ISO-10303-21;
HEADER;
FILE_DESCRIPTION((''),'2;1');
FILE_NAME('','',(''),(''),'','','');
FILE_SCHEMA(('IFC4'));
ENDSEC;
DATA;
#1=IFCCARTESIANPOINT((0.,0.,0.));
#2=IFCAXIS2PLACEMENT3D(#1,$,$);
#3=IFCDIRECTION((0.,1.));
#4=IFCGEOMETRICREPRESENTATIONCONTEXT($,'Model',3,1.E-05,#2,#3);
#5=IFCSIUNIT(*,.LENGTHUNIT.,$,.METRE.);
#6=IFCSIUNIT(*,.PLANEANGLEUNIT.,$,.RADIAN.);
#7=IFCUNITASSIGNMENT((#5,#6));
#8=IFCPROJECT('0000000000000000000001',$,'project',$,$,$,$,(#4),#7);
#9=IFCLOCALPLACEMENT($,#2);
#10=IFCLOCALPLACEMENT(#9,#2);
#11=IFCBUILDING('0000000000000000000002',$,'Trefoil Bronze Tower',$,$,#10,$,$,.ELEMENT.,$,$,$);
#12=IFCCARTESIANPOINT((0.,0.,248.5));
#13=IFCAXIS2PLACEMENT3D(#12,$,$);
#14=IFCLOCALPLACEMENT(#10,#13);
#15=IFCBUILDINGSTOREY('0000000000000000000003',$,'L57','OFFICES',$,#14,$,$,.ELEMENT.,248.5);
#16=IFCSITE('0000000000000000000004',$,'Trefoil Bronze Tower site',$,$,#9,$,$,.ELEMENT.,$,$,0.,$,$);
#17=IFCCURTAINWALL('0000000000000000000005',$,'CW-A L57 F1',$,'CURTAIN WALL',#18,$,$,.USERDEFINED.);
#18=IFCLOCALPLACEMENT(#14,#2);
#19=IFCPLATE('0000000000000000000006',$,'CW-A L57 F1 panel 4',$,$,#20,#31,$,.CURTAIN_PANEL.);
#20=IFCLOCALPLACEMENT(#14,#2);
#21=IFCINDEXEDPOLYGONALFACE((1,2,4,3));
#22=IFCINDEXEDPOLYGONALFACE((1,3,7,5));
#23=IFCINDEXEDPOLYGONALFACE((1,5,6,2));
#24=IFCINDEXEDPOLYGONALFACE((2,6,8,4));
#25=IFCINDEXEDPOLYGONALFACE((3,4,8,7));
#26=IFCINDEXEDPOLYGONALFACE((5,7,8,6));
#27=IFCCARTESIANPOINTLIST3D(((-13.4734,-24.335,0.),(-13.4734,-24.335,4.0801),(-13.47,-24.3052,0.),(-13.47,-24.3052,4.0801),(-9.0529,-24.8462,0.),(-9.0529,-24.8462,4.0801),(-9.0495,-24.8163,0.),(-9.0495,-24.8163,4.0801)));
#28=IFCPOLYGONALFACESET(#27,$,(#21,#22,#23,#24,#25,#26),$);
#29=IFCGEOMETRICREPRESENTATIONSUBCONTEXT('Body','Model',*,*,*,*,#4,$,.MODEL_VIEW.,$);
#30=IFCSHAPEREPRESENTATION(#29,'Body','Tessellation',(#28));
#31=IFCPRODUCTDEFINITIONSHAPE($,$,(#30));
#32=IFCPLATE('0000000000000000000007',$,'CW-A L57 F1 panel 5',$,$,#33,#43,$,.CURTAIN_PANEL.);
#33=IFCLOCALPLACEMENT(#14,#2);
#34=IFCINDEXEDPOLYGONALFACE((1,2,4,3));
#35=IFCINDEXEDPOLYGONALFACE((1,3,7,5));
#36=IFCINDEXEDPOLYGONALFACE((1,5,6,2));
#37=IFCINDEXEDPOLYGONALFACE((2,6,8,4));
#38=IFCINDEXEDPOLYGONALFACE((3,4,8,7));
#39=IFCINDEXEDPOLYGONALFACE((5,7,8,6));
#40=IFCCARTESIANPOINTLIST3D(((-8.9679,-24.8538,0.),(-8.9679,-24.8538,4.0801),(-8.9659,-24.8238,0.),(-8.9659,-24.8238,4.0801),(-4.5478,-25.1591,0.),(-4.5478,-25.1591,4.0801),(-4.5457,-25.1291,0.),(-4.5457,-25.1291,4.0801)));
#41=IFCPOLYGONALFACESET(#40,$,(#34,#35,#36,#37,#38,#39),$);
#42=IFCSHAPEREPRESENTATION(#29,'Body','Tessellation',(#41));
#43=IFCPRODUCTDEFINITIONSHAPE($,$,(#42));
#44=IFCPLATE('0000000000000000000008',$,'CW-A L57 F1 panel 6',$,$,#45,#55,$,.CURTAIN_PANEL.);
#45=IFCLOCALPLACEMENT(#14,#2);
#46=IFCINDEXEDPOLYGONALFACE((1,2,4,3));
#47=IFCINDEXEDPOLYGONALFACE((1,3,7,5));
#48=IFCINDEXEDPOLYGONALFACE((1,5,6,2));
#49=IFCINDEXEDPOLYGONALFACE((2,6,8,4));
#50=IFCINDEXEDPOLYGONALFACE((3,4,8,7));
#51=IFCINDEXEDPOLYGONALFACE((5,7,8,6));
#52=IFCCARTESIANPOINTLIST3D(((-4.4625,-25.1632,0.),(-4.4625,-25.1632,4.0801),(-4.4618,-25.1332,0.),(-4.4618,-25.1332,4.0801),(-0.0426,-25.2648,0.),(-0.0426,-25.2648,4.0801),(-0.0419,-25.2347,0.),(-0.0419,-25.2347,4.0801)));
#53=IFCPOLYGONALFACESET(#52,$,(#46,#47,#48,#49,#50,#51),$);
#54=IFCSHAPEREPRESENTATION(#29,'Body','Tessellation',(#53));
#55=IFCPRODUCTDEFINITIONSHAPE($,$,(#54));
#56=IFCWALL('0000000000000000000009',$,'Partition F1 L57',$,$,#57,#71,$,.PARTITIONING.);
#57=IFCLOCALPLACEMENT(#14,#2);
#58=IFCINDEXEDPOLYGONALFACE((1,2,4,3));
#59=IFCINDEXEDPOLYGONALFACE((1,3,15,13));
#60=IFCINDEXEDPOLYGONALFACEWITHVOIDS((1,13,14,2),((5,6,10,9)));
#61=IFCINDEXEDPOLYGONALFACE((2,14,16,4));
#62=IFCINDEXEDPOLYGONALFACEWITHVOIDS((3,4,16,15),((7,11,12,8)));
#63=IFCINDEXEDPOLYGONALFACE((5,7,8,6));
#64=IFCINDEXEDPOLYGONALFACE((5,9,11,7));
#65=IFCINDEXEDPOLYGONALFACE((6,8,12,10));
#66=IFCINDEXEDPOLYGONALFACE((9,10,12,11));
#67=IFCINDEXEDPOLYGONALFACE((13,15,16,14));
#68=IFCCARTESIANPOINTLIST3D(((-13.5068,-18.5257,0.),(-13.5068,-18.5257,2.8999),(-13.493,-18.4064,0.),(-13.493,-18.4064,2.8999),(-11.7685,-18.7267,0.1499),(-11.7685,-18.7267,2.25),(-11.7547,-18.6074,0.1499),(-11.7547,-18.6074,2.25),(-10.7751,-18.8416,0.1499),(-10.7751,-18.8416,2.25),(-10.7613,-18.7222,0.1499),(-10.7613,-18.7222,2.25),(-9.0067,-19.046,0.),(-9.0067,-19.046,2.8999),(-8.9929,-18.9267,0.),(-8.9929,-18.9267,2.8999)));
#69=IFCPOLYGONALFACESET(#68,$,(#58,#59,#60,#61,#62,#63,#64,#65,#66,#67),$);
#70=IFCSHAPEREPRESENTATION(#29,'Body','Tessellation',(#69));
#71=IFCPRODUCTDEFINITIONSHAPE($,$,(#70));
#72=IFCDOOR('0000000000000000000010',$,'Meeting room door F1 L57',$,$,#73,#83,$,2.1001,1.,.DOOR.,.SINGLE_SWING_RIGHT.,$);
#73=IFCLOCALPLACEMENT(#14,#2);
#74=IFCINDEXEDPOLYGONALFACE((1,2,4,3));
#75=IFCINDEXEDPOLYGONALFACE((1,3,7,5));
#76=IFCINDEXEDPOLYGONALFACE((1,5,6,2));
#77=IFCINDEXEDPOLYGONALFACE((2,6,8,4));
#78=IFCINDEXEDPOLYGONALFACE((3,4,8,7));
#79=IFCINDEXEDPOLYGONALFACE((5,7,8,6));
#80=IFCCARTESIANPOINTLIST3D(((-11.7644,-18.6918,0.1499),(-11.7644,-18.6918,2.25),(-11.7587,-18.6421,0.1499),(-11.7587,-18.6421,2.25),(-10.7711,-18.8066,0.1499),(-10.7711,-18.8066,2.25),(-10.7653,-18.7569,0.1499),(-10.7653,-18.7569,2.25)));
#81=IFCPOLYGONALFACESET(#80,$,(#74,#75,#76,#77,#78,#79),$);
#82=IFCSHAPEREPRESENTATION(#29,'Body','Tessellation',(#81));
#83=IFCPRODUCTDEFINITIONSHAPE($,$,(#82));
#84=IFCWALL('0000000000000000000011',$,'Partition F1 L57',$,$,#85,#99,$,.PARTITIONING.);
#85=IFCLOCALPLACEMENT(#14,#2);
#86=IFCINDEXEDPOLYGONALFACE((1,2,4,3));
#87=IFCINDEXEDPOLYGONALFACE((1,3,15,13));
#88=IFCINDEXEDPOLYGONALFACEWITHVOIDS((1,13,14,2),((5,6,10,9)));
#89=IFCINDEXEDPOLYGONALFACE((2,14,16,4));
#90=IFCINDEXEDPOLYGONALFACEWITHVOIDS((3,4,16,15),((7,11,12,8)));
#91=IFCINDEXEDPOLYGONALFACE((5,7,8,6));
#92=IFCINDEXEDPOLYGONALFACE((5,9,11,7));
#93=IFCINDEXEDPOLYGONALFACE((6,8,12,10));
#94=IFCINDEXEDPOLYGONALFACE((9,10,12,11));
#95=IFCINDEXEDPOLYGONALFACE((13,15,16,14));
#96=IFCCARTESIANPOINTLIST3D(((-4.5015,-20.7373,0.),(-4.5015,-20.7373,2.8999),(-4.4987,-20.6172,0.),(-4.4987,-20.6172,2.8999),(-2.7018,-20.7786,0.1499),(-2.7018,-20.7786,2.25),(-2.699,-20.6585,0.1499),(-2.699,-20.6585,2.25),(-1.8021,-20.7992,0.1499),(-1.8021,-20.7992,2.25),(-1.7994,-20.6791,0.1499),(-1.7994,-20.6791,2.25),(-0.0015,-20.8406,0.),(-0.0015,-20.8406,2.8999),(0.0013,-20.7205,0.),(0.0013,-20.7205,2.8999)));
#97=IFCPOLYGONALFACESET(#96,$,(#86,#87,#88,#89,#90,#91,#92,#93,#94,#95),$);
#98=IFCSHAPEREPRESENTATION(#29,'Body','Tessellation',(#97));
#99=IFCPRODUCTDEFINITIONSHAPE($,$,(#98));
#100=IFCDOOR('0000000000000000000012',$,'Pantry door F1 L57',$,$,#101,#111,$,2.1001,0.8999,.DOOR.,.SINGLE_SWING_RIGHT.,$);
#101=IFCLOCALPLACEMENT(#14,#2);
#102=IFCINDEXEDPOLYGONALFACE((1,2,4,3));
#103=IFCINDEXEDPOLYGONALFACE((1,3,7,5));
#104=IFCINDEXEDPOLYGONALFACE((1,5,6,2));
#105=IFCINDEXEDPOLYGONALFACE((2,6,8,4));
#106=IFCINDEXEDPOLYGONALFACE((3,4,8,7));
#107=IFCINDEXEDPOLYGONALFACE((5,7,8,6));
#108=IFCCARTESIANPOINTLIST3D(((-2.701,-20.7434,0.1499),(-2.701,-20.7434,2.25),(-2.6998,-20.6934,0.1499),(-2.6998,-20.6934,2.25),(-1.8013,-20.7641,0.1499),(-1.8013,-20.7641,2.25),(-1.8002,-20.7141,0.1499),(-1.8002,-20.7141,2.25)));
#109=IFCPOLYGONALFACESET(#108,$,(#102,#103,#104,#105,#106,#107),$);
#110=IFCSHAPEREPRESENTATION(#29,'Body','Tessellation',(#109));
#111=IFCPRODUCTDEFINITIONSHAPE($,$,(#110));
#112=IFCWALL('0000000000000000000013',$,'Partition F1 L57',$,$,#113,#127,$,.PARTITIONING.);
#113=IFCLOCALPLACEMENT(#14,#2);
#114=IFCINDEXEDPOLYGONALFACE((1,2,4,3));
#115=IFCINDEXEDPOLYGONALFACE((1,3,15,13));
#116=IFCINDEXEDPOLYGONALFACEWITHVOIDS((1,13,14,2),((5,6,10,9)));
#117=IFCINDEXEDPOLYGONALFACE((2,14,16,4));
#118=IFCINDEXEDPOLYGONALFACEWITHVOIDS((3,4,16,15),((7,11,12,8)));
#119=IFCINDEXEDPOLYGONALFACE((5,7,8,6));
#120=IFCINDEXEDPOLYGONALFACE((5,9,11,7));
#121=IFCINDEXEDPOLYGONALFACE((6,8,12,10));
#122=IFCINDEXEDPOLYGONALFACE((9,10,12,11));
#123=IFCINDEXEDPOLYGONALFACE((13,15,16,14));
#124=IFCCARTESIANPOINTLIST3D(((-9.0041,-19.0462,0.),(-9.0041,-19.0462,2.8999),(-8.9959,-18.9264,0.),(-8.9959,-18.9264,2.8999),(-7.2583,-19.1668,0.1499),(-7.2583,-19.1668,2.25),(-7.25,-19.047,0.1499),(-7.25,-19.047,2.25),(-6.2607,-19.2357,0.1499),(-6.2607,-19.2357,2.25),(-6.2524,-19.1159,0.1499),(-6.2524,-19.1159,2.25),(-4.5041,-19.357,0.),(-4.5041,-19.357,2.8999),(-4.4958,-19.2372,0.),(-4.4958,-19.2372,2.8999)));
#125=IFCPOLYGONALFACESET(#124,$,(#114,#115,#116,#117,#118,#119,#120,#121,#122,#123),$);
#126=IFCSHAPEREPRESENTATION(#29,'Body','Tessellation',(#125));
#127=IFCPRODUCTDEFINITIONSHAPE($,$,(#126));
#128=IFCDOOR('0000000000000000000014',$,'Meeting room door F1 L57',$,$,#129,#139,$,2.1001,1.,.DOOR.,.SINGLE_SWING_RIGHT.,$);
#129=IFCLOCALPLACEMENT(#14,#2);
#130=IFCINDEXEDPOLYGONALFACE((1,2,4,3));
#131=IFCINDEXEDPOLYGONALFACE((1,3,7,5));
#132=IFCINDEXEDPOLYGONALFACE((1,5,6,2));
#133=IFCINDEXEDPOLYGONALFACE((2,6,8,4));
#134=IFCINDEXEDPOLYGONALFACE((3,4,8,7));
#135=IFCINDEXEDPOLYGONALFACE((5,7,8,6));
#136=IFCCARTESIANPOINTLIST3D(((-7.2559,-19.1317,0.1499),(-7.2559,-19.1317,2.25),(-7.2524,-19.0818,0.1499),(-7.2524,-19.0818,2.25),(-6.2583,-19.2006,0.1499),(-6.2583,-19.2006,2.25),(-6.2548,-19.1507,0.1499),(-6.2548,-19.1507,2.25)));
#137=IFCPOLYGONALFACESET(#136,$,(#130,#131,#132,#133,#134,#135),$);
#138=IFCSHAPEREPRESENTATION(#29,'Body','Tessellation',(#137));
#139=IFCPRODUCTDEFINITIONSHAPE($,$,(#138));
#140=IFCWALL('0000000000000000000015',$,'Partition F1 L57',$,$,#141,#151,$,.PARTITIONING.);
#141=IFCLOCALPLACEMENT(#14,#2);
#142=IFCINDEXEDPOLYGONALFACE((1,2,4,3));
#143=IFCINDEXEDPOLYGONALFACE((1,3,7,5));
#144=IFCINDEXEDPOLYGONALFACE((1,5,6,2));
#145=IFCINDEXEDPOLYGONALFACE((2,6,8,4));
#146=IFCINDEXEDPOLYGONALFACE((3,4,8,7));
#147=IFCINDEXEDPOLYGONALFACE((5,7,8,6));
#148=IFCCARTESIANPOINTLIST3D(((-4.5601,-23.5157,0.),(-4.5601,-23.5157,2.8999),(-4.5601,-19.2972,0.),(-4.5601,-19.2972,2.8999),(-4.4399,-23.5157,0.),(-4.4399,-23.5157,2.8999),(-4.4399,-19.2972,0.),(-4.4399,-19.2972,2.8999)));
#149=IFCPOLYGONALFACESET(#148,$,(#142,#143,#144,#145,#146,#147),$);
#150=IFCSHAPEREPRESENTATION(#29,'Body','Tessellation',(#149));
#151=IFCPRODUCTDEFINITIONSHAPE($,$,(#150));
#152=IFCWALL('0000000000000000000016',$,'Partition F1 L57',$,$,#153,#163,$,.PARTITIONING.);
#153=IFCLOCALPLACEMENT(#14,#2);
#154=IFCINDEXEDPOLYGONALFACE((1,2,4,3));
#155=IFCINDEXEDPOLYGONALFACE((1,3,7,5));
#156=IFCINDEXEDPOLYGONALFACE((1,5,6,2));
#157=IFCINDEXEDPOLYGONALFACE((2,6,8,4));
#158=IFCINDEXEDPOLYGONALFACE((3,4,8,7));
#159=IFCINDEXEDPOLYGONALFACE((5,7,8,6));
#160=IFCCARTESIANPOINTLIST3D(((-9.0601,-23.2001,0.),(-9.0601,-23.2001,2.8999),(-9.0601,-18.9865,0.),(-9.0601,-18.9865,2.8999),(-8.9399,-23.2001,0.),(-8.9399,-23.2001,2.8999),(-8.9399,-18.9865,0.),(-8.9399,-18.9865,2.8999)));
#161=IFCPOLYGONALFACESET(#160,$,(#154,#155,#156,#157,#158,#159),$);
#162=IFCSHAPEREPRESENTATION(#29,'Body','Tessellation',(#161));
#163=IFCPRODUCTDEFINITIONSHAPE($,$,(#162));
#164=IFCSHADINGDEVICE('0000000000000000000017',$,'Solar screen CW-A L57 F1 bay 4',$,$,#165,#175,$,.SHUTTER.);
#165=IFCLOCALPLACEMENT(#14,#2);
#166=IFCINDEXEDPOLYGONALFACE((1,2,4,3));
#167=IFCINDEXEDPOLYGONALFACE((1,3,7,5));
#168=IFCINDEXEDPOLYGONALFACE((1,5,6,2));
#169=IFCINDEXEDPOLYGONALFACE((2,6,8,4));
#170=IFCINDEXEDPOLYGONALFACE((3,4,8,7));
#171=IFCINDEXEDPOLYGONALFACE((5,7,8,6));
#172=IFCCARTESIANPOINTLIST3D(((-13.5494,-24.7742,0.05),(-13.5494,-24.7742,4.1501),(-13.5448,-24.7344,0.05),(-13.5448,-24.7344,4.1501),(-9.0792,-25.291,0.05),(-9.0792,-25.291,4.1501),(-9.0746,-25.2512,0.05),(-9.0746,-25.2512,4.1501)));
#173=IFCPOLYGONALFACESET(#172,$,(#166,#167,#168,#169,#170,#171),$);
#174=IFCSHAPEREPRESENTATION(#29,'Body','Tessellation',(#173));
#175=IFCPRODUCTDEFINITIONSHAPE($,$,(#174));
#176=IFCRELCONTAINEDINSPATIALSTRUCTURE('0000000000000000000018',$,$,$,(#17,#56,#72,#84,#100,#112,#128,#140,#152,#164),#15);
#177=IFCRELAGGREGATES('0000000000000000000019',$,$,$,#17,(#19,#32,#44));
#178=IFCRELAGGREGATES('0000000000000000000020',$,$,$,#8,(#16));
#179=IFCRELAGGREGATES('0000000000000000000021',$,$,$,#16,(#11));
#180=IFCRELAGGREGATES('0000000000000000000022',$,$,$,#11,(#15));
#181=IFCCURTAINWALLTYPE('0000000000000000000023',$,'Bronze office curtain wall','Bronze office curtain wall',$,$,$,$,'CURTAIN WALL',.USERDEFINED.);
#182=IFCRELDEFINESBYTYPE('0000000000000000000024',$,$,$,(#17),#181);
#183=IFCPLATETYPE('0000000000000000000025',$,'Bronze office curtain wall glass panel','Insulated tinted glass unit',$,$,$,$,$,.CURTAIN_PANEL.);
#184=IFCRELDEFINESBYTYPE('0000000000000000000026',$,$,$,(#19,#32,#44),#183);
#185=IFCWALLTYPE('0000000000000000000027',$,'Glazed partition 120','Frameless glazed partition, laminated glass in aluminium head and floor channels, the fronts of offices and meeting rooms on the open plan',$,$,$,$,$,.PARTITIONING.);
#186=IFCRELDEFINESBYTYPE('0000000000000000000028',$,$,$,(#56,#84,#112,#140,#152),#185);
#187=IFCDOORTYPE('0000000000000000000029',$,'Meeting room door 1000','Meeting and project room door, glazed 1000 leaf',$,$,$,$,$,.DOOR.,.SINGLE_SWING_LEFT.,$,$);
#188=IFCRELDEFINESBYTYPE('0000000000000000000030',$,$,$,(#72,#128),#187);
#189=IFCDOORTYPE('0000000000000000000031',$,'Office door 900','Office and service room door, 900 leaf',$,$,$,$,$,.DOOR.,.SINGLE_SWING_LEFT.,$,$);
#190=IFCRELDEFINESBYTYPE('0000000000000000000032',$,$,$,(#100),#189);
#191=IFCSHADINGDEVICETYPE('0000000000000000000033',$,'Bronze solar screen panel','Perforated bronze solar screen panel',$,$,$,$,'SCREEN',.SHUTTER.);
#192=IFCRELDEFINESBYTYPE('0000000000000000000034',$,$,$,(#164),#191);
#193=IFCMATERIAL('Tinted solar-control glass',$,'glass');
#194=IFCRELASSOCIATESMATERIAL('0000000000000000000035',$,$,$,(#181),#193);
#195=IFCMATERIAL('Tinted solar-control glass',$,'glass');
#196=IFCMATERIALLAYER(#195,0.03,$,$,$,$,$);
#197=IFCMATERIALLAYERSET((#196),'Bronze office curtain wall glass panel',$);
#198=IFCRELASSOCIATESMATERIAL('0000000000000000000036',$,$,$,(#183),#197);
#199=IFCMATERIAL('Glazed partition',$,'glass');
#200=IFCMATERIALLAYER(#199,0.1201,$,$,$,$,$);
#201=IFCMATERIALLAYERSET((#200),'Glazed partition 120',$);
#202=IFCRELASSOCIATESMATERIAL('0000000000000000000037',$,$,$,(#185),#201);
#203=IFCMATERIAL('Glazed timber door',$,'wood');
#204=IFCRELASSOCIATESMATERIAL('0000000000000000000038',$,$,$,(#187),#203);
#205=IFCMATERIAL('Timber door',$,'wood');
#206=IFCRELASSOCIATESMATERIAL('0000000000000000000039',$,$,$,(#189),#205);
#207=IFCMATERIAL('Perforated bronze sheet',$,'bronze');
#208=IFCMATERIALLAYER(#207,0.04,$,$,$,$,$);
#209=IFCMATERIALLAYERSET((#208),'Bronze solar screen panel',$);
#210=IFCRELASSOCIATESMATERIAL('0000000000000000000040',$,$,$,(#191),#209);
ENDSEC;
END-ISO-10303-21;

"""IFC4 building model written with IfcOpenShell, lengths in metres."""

from ifc_helpers import new_model, si_unit, direction, frame, frame_2d, origin, origin_2d, place, context, subcontext, project, spatial, rectangle, extrude, material, layer, layer_set, type_object, element, fill, aggregate, save


model = new_model("IFC4")

# Units and contexts
model_context = context("Model", 3, precision=1e-05, world=origin(), true_north=direction((0.0, 1.0)))
body_context = subcontext(model_context, "Body", "Model", "MODEL_VIEW")
ifc_project = project(units=[si_unit("LENGTHUNIT", "METRE"), si_unit("PLANEANGLEUNIT", "RADIAN")], contexts=[model_context])

# Site, building, storey
site_placement = place(None, origin())
site = spatial("IfcSite", under=ifc_project, at=site_placement, Name="Trefoil Bronze Tower site", CompositionType="ELEMENT", RefElevation=0.0)
building_placement = place(site_placement, origin())
building = spatial("IfcBuilding", under=site, at=building_placement, Name="Trefoil Bronze Tower", CompositionType="ELEMENT")
storey_placement = place(building_placement, frame((0.0, 0.0, 248.5)))
storey = spatial("IfcBuildingStorey", under=building, at=storey_placement, Name="L57", Description="OFFICES", CompositionType="ELEMENT", Elevation=248.5)

# Curtain wall
ifc_material_1 = material(Name="Tinted solar-control glass", Category="glass")
curtain_wall_type = type_object("IfcCurtainWallType", Name="Bronze office curtain wall", Description="Bronze office curtain wall", ElementType="CURTAIN WALL", PredefinedType="USERDEFINED", material=ifc_material_1)
curtain_wall_placement = place(storey_placement, origin())
curtain_wall = element("IfcCurtainWall", 1, at=curtain_wall_placement, inside=storey, type_object=curtain_wall_type, Name="CW-A L57 F1", ObjectType="CURTAIN WALL", PredefinedType="USERDEFINED")

# Plates
ifc_material_2 = material(Name="Tinted solar-control glass", Category="glass")
ifc_layer_1 = layer(ifc_material_2, 0.03)
ifc_layer_set_1 = layer_set([ifc_layer_1], Name="Bronze office curtain wall glass panel")
plate_type = type_object("IfcPlateType", Name="Bronze office curtain wall glass panel", Description="Insulated tinted glass unit", PredefinedType="CURTAIN_PANEL", material=ifc_layer_set_1)
plate_1_placement = place(storey_placement, frame((-11.2615, -24.5757, 0.0), z_axis=(0.0, 0.0, 1.0), x_axis=(0.993382, -0.114859, 0.0)))
plate_1 = element("IfcPlate", 2, at=plate_1_placement, type_object=plate_type, Name="CW-A L57 F1 panel 4", PredefinedType="CURTAIN_PANEL", context=body_context, shape_type="SweptSolid", body=[
    extrude(rectangle(XDim=4.45, YDim=0.03, at=origin_2d()), origin(), (0.0, 0.0, 1.0), 4.0801),
])
plate_2_placement = place(storey_placement, frame((-6.7568, -24.9915, 0.0), z_axis=(0.0, 0.0, 1.0), x_axis=(0.997623, -0.068915, 0.0)))
plate_2 = element("IfcPlate", 3, at=plate_2_placement, type_object=plate_type, Name="CW-A L57 F1 panel 5", PredefinedType="CURTAIN_PANEL", context=body_context, shape_type="SweptSolid", body=[
    extrude(rectangle(XDim=4.4307, YDim=0.03, at=origin_2d()), origin(), (0.0, 0.0, 1.0), 4.0801),
])
plate_3_placement = place(storey_placement, frame((-2.2522, -25.199, 0.0), z_axis=(0.0, 0.0, 1.0), x_axis=(0.999736, -0.022972, 0.0)))
plate_3 = element("IfcPlate", 4, at=plate_3_placement, type_object=plate_type, Name="CW-A L57 F1 panel 6", PredefinedType="CURTAIN_PANEL", context=body_context, shape_type="SweptSolid", body=[
    extrude(rectangle(XDim=4.4211, YDim=0.03, at=origin_2d()), origin(), (0.0, 0.0, 1.0), 4.0801),
])
aggregate(curtain_wall, [plate_1, plate_2, plate_3])

# Walls, openings, doors
ifc_material_3 = material(Name="Glazed partition", Category="glass")
ifc_layer_2 = layer(ifc_material_3, 0.1201)
ifc_layer_set_2 = layer_set([ifc_layer_2], Name="Glazed partition 120")
wall_type = type_object("IfcWallType", Name="Glazed partition 120", Description="Frameless glazed partition, laminated glass in aluminium head and floor channels, the fronts of offices and meeting rooms on the open plan", PredefinedType="PARTITIONING", material=ifc_layer_set_2)
wall_1_placement = place(storey_placement, frame((-13.5, -18.4661, 0.0), z_axis=(0.0, 0.0, 1.0), x_axis=(0.993383, -0.114849, 0.0)))
wall_1 = element("IfcWall", 5, at=wall_1_placement, inside=storey, type_object=wall_type, Name="Partition F1 L57", PredefinedType="PARTITIONING", context=body_context, shape_type="SweptSolid", body=[
    extrude(rectangle(XDim=4.53, YDim=0.1201, at=frame_2d((2.2651, 0.0))), origin(), (0.0, 0.0, 1.0), 2.8999),
])
opening_1_placement = place(wall_1_placement, frame((1.75, 0.0, 0.1499)))
opening_1 = element("IfcOpeningElement", 6, at=opening_1_placement, cuts=wall_1, PredefinedType="OPENING", context=body_context, shape_type="SweptSolid", body=[
    extrude(rectangle(XDim=1.0, YDim=2.1001, at=frame_2d((0.5, 1.05))), frame((0.0, 0.0701, 0.0), z_axis=(0.0, -1.0, 0.0), x_axis=(1.0, 0.0, 0.0)), (0.0, 0.0, 1.0), 0.1401),
])
ifc_material_4 = material(Name="Glazed timber door", Category="wood")
door_type_1 = type_object("IfcDoorType", Name="Meeting room door 1000", Description="Meeting and project room door, glazed 1000 leaf", OperationType="SINGLE_SWING_LEFT", PredefinedType="DOOR", material=ifc_material_4)
door_1_placement = place(opening_1_placement, frame((1.0, 0.0, 0.0), z_axis=(0.0, 0.0, 1.0), x_axis=(-1.0, 0.0, 0.0)))
door_1 = element("IfcDoor", 7, at=door_1_placement, inside=storey, type_object=door_type_1, Name="Meeting room door F1 L57", OperationType="SINGLE_SWING_RIGHT", OverallHeight=2.1001, OverallWidth=1.0, PredefinedType="DOOR", context=body_context, shape_type="SweptSolid", body=[
    extrude(rectangle(XDim=1.0, YDim=2.1001, at=frame_2d((0.5, 1.05))), frame((0.0, 0.0249, 0.0), z_axis=(0.0, -1.0, 0.0), x_axis=(1.0, 0.0, 0.0)), (0.0, 0.0, 1.0), 0.05),
])
fill(opening_1, door_1)
wall_2_placement = place(storey_placement, frame((-4.5, -20.6772, 0.0), z_axis=(0.0, 0.0, 1.0), x_axis=(0.999737, -0.022943, 0.0)))
wall_2 = element("IfcWall", 8, at=wall_2_placement, inside=storey, type_object=wall_type, Name="Partition F1 L57", PredefinedType="PARTITIONING", context=body_context, shape_type="SweptSolid", body=[
    extrude(rectangle(XDim=4.5012, YDim=0.1201, at=frame_2d((2.2505, 0.0))), origin(), (0.0, 0.0, 1.0), 2.8999),
])
opening_2_placement = place(wall_2_placement, frame((1.8, 0.0, 0.1499)))
opening_2 = element("IfcOpeningElement", 9, at=opening_2_placement, cuts=wall_2, PredefinedType="OPENING", context=body_context, shape_type="SweptSolid", body=[
    extrude(rectangle(XDim=0.8999, YDim=2.1001, at=frame_2d((0.45, 1.05))), frame((0.0, 0.0701, 0.0), z_axis=(0.0, -1.0, 0.0), x_axis=(1.0, 0.0, 0.0)), (0.0, 0.0, 1.0), 0.1401),
])
ifc_material_5 = material(Name="Timber door", Category="wood")
door_type_2 = type_object("IfcDoorType", Name="Office door 900", Description="Office and service room door, 900 leaf", OperationType="SINGLE_SWING_LEFT", PredefinedType="DOOR", material=ifc_material_5)
door_2_placement = place(opening_2_placement, frame((0.8999, 0.0, 0.0), z_axis=(0.0, 0.0, 1.0), x_axis=(-1.0, 0.0, 0.0)))
door_2 = element("IfcDoor", 10, at=door_2_placement, inside=storey, type_object=door_type_2, Name="Pantry door F1 L57", OperationType="SINGLE_SWING_RIGHT", OverallHeight=2.1001, OverallWidth=0.8999, PredefinedType="DOOR", context=body_context, shape_type="SweptSolid", body=[
    extrude(rectangle(XDim=0.8999, YDim=2.1001, at=frame_2d((0.45, 1.05))), frame((0.0, 0.0249, 0.0), z_axis=(0.0, -1.0, 0.0), x_axis=(1.0, 0.0, 0.0)), (0.0, 0.0, 1.0), 0.05),
])
fill(opening_2, door_2)
wall_3_placement = place(storey_placement, frame((-9.0, -18.9863, 0.0), z_axis=(0.0, 0.0, 1.0), x_axis=(0.997624, -0.068901, 0.0)))
wall_3 = element("IfcWall", 11, at=wall_3_placement, inside=storey, type_object=wall_type, Name="Partition F1 L57", PredefinedType="PARTITIONING", context=body_context, shape_type="SweptSolid", body=[
    extrude(rectangle(XDim=4.5107, YDim=0.1201, at=frame_2d((2.2554, 0.0))), origin(), (0.0, 0.0, 1.0), 2.8999),
])
opening_3_placement = place(wall_3_placement, frame((1.75, 0.0, 0.1499)))
opening_3 = element("IfcOpeningElement", 12, at=opening_3_placement, cuts=wall_3, PredefinedType="OPENING", context=body_context, shape_type="SweptSolid", body=[
    extrude(rectangle(XDim=1.0, YDim=2.1001, at=frame_2d((0.5, 1.05))), frame((0.0, 0.0701, 0.0), z_axis=(0.0, -1.0, 0.0), x_axis=(1.0, 0.0, 0.0)), (0.0, 0.0, 1.0), 0.1401),
])
door_3_placement = place(opening_3_placement, frame((1.0, 0.0, 0.0), z_axis=(0.0, 0.0, 1.0), x_axis=(-1.0, 0.0, 0.0)))
door_3 = element("IfcDoor", 13, at=door_3_placement, inside=storey, type_object=door_type_1, Name="Meeting room door F1 L57", OperationType="SINGLE_SWING_RIGHT", OverallHeight=2.1001, OverallWidth=1.0, PredefinedType="DOOR", context=body_context, shape_type="SweptSolid", body=[
    extrude(rectangle(XDim=1.0, YDim=2.1001, at=frame_2d((0.5, 1.05))), frame((0.0, 0.0249, 0.0), z_axis=(0.0, -1.0, 0.0), x_axis=(1.0, 0.0, 0.0)), (0.0, 0.0, 1.0), 0.05),
])
fill(opening_3, door_3)

# Walls
wall_4_placement = place(storey_placement, frame((-4.5, -19.2971, 0.0), z_axis=(0.0, 0.0, 1.0), x_axis=(0.0, -1.0, 0.0)))
element("IfcWall", 14, at=wall_4_placement, inside=storey, type_object=wall_type, Name="Partition F1 L57", PredefinedType="PARTITIONING", context=body_context, shape_type="SweptSolid", body=[
    extrude(rectangle(XDim=4.2185, YDim=0.1201, at=frame_2d((2.1094, 0.0))), origin(), (0.0, 0.0, 1.0), 2.8999),
])
wall_5_placement = place(storey_placement, frame((-9.0, -18.9863, 0.0), z_axis=(0.0, 0.0, 1.0), x_axis=(0.0, -1.0, 0.0)))
element("IfcWall", 15, at=wall_5_placement, inside=storey, type_object=wall_type, Name="Partition F1 L57", PredefinedType="PARTITIONING", context=body_context, shape_type="SweptSolid", body=[
    extrude(rectangle(XDim=4.2136, YDim=0.1201, at=frame_2d((2.1069, 0.0))), origin(), (0.0, 0.0, 1.0), 2.8999),
])

# Shading device
ifc_material_6 = material(Name="Perforated bronze sheet", Category="bronze")
ifc_layer_3 = layer(ifc_material_6, 0.04)
ifc_layer_set_3 = layer_set([ifc_layer_3], Name="Bronze solar screen panel")
shading_device_type = type_object("IfcShadingDeviceType", Name="Bronze solar screen panel", Description="Perforated bronze solar screen panel", ElementType="SCREEN", PredefinedType="SHUTTER", material=ifc_layer_set_3)
shading_device_1_placement = place(storey_placement, frame((-11.312, -25.0127, 0.05), z_axis=(0.0, 0.0, 1.0), x_axis=(0.993382, -0.114859, 0.0)))
element("IfcShadingDevice", 16, at=shading_device_1_placement, inside=storey, type_object=shading_device_type, Name="Solar screen CW-A L57 F1 bay 4", PredefinedType="SHUTTER", context=body_context, shape_type="SweptSolid", body=[
    extrude(rectangle(XDim=4.5, YDim=0.04, at=origin_2d()), origin(), (0.0, 0.0, 1.0), 4.1001),
])

save(model, "model.ifc")
